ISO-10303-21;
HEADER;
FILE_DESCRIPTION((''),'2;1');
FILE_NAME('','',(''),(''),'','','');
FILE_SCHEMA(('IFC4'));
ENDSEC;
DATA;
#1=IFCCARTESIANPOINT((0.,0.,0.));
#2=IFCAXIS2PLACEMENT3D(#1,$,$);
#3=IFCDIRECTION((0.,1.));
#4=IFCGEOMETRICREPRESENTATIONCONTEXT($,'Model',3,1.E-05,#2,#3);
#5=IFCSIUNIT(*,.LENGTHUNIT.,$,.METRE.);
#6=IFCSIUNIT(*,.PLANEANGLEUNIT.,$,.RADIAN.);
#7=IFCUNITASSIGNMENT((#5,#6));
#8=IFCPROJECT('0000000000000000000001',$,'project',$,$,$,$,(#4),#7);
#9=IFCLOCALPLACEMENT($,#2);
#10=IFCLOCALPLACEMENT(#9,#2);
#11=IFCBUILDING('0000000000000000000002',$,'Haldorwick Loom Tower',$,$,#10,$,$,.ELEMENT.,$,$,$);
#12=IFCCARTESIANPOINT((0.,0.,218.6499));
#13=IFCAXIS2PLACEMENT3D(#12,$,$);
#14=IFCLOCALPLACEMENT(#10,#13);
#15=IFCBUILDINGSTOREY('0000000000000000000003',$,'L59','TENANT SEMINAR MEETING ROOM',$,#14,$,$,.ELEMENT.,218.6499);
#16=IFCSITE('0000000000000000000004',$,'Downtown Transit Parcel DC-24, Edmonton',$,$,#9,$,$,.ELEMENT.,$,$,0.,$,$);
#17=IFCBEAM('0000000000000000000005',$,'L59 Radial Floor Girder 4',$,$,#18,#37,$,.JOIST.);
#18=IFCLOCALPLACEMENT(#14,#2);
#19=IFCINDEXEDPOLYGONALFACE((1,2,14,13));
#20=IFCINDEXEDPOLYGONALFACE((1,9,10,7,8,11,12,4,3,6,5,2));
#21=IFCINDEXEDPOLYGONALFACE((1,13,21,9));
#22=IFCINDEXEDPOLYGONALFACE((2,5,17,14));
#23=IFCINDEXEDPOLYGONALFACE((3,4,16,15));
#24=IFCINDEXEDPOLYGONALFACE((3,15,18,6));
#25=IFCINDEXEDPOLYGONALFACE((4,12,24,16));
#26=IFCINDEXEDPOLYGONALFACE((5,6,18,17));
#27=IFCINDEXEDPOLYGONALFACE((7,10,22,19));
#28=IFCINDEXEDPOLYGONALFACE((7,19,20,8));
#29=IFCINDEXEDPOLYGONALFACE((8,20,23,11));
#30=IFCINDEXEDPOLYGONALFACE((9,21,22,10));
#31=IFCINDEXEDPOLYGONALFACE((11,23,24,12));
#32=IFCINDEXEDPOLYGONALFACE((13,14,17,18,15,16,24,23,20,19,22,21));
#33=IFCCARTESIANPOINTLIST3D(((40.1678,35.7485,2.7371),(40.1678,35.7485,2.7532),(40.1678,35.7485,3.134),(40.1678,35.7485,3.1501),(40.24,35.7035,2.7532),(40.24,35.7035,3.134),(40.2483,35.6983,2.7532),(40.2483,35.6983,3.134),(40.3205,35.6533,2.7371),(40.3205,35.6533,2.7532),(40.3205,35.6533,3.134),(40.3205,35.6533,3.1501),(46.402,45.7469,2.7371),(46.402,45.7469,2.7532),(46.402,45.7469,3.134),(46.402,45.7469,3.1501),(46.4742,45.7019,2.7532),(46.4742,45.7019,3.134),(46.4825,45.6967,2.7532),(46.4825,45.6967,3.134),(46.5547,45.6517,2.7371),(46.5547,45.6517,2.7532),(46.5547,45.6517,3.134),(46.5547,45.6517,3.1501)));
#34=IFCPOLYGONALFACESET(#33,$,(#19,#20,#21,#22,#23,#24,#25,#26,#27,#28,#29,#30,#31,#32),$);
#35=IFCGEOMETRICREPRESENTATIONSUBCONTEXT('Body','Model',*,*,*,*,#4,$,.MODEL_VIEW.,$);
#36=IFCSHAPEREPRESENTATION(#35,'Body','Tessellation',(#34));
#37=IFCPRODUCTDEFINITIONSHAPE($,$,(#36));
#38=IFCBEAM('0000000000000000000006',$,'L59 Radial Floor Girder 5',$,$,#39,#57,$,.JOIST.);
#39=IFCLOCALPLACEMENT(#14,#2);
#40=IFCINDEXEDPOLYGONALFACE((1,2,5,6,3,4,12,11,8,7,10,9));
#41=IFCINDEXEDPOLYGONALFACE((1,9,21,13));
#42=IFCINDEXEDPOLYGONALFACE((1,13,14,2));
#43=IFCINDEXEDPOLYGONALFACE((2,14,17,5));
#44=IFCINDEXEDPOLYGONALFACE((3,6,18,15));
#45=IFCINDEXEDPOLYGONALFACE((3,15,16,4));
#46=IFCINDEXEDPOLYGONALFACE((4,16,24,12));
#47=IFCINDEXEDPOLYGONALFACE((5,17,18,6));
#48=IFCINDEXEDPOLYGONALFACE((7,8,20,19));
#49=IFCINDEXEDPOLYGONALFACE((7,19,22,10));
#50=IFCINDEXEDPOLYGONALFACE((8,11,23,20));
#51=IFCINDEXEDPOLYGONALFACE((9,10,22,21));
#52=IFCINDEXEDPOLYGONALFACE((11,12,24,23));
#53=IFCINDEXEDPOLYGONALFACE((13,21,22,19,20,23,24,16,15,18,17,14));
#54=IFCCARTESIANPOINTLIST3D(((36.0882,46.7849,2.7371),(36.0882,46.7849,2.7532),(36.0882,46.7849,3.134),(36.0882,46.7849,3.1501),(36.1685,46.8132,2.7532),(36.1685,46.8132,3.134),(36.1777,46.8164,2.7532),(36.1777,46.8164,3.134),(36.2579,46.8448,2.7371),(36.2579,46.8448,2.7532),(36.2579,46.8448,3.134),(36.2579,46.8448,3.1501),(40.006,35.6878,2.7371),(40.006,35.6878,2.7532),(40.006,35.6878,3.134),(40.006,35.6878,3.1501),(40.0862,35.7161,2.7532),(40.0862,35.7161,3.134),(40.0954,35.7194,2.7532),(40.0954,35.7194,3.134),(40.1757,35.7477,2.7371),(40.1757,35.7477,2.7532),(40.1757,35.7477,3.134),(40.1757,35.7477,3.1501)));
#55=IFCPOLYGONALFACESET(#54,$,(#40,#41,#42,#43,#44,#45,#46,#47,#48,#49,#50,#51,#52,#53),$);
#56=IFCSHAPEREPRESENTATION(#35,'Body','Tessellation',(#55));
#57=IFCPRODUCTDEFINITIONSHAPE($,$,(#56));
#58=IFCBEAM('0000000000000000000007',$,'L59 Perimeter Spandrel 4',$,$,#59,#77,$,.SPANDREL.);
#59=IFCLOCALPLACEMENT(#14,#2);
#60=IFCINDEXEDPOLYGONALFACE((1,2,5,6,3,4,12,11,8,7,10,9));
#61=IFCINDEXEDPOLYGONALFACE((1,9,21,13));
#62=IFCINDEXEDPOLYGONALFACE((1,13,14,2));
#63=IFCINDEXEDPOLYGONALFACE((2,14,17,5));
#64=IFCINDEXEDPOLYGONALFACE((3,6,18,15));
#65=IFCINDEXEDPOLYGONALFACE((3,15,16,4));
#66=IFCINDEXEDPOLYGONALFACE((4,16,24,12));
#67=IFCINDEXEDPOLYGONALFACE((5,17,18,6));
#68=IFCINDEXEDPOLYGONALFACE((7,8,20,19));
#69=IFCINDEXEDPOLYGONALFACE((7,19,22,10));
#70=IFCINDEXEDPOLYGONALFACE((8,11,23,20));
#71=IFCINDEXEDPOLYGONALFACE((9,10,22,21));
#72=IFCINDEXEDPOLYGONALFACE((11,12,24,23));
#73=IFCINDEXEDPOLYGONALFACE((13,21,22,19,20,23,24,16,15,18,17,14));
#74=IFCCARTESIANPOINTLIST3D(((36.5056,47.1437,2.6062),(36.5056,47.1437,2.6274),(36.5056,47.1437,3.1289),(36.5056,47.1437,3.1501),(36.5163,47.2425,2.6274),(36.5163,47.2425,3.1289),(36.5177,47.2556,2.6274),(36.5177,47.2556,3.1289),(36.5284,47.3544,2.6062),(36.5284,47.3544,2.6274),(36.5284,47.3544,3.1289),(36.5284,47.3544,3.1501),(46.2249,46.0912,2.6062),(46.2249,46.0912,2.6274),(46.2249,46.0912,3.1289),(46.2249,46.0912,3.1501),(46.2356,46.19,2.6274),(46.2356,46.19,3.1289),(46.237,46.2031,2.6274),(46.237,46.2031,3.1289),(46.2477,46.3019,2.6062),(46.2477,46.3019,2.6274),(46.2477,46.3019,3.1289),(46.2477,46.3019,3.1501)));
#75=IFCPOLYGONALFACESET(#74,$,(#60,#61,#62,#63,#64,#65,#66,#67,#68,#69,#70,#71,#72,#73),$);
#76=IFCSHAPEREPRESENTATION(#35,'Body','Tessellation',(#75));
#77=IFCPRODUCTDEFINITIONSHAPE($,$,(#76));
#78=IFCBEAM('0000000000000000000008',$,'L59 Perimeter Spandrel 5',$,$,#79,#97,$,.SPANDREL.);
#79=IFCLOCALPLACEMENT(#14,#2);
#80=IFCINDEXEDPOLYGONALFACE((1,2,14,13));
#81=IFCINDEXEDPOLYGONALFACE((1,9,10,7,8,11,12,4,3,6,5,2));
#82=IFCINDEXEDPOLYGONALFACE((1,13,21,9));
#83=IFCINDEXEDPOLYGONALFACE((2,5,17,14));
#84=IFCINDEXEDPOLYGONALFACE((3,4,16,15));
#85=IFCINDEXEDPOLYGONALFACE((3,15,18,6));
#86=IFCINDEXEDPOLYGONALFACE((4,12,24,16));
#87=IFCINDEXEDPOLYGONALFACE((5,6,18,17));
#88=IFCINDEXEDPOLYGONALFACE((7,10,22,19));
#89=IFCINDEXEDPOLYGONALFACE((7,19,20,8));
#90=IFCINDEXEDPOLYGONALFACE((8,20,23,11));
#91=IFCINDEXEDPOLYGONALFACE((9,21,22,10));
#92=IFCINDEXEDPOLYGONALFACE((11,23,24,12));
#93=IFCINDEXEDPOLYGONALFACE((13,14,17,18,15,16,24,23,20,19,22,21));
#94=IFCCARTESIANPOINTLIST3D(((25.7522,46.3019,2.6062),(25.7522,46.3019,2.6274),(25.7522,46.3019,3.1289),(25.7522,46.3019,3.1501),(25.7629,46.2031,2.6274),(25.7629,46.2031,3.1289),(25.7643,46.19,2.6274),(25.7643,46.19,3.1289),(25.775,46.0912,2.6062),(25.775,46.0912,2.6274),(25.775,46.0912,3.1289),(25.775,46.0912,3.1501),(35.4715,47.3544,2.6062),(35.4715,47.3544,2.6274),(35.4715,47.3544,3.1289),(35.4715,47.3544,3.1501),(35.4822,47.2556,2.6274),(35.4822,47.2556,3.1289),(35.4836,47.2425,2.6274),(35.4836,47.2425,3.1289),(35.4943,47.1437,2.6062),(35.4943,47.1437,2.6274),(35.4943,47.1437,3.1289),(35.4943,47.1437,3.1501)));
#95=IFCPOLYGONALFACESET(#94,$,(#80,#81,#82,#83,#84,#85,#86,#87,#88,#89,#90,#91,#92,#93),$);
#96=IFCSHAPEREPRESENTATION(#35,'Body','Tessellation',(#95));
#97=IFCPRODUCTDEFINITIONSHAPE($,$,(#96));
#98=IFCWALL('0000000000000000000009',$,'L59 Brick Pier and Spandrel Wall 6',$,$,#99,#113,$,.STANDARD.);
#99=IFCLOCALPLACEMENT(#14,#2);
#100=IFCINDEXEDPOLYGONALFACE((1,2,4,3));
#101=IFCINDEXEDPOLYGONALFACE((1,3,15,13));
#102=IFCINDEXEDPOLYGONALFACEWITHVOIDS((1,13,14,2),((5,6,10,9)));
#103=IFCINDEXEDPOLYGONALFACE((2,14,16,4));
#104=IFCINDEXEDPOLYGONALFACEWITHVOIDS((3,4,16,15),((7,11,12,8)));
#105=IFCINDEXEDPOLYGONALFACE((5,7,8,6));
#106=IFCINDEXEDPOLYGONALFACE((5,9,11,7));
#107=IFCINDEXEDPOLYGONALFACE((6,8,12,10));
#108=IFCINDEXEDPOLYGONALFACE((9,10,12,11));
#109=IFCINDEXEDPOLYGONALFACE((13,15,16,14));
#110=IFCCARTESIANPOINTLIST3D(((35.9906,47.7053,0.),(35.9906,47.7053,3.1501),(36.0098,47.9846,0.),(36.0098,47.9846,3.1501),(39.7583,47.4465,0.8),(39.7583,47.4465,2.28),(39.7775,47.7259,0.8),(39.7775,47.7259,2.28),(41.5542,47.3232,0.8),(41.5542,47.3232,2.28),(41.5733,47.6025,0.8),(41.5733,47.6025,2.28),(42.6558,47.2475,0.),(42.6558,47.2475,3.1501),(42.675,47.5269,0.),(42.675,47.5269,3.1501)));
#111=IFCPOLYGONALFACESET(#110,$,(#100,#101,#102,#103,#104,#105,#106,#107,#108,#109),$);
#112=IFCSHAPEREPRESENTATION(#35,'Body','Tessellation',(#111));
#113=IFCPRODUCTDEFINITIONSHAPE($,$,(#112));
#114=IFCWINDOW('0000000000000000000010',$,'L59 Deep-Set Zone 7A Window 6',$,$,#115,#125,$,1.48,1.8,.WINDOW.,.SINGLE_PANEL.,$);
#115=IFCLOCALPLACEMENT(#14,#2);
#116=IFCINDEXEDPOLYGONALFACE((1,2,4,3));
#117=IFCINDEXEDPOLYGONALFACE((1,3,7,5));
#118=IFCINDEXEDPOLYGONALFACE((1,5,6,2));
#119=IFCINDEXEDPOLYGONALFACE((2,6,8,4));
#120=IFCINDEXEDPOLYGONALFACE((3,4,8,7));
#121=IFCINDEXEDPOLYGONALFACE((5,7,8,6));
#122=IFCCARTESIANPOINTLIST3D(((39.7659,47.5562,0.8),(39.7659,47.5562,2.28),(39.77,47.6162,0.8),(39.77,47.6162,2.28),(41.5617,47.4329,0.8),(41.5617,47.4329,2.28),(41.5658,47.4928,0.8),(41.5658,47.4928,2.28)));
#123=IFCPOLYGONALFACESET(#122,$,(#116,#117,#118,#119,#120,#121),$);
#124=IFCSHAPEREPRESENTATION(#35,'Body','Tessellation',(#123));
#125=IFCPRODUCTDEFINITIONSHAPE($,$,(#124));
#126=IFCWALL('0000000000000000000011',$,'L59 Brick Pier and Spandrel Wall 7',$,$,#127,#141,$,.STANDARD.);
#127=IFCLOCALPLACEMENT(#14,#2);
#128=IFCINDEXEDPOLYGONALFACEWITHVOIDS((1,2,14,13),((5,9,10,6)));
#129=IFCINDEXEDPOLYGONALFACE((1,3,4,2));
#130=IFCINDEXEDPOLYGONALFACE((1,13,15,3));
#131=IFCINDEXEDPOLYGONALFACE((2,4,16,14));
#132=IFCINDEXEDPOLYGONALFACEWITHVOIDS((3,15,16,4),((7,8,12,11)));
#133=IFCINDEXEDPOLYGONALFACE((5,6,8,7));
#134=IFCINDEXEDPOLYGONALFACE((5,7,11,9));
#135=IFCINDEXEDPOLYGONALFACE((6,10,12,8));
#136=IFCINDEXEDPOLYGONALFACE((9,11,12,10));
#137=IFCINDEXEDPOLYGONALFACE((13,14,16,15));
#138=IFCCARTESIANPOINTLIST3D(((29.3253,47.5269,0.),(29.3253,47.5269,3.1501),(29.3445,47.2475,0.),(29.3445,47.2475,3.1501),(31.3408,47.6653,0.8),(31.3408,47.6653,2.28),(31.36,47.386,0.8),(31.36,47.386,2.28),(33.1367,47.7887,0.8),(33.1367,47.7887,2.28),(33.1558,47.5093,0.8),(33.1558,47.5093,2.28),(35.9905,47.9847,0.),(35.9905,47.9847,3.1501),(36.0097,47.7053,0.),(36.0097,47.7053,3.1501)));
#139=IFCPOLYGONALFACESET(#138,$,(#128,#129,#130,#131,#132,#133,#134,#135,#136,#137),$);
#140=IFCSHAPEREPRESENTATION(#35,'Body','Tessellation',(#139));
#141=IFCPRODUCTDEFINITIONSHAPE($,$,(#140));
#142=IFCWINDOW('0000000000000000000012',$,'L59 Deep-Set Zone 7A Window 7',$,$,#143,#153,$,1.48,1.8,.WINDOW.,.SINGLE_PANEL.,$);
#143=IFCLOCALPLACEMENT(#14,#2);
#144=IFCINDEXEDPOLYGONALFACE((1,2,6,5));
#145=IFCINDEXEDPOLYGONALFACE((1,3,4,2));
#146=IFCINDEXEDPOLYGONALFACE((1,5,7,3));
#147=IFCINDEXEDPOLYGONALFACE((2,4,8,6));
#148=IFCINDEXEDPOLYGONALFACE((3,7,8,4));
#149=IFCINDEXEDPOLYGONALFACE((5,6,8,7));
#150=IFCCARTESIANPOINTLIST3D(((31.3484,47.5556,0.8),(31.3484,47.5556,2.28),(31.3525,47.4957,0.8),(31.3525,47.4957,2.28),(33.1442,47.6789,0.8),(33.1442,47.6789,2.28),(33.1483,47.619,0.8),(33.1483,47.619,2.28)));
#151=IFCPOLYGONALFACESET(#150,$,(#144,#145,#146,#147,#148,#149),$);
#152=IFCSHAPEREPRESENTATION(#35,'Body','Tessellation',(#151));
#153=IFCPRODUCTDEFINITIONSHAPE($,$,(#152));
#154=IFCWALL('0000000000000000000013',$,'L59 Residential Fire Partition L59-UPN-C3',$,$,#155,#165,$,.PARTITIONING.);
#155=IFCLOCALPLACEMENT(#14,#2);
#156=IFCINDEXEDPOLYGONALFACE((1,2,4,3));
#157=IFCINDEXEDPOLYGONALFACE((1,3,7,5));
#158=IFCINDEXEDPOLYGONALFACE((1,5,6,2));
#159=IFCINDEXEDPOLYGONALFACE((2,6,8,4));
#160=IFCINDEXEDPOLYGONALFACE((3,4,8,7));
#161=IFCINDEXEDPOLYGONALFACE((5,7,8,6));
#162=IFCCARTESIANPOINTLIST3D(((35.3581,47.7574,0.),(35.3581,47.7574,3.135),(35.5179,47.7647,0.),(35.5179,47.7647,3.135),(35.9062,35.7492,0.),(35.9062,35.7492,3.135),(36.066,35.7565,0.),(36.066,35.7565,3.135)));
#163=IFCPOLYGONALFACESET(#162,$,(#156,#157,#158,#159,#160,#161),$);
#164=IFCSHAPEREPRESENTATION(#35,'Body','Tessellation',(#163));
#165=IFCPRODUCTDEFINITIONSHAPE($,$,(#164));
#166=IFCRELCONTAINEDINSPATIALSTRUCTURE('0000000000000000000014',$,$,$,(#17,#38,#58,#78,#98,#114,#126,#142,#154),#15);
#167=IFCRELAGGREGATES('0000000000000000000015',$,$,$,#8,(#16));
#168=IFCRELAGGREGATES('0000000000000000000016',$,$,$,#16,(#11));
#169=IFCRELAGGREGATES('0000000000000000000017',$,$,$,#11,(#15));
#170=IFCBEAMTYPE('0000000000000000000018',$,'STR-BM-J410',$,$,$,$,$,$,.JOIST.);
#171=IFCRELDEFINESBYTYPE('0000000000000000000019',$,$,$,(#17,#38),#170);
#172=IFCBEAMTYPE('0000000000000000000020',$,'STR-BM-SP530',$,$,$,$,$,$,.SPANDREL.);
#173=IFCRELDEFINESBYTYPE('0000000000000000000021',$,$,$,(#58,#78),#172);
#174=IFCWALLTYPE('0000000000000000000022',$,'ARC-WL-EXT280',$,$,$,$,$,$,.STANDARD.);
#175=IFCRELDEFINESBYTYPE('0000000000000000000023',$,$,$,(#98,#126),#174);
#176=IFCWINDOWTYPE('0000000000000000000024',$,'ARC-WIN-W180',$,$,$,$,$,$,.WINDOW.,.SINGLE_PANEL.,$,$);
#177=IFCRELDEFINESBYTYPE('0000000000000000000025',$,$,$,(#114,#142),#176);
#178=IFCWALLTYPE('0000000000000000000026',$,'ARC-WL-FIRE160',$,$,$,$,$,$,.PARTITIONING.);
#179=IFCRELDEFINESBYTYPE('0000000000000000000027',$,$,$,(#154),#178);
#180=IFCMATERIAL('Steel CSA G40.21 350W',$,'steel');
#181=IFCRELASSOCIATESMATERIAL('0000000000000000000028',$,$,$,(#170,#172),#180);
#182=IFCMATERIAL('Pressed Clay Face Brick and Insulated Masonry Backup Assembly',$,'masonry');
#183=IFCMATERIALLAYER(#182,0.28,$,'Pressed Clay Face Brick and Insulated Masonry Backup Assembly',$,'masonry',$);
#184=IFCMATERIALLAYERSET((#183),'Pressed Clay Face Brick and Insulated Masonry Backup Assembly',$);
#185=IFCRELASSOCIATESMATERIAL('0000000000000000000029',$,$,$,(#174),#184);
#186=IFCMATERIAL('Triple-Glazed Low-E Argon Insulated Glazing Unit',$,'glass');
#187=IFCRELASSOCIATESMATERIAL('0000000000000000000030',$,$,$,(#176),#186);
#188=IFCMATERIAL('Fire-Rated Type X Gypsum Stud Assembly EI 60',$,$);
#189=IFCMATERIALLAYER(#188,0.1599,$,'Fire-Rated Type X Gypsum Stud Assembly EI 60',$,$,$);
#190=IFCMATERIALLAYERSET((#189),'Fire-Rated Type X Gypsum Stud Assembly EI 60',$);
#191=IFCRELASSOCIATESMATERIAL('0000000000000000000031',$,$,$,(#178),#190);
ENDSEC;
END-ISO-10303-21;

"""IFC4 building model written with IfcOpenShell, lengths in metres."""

from ifc_helpers import new_model, si_unit, direction, frame, frame_2d, origin, origin_2d, place, context, subcontext, project, spatial, rectangle, i_section, extrude, material, layer, layer_set, material_profile, profile_set, type_object, element, fill, save


model = new_model("IFC4")

# Units and contexts
model_context = context("Model", 3, precision=1e-05, world=origin(), true_north=direction((0.0, 1.0)))
body_context = subcontext(model_context, "Body", "Model", "MODEL_VIEW")
ifc_project = project(units=[si_unit("LENGTHUNIT", "METRE"), si_unit("PLANEANGLEUNIT", "RADIAN")], contexts=[model_context])

# Site, building, storey
site_placement = place(None, origin())
site = spatial("IfcSite", under=ifc_project, at=site_placement, Name="Downtown Transit Parcel DC-24, Edmonton", CompositionType="ELEMENT", RefElevation=0.0)
building_placement = place(site_placement, origin())
building = spatial("IfcBuilding", under=site, at=building_placement, Name="Haldorwick Loom Tower", CompositionType="ELEMENT")
storey_placement = place(building_placement, frame((0.0, 0.0, 218.6499)))
storey = spatial("IfcBuildingStorey", under=building, at=storey_placement, Name="L59", Description="TENANT SEMINAR MEETING ROOM", CompositionType="ELEMENT", Elevation=218.6499)

# Shared definitions
ifc_material_1 = material(Name="Steel CSA G40.21 350W", Category="steel")

# Beams
ifc_material_profile_1 = material_profile(ifc_material_1, i_section(OverallWidth=0.1799, OverallDepth=0.4131, WebThickness=0.0098, FlangeThickness=0.0161, at=origin_2d()), Name="W410X74", Category="steel")
ifc_profile_set_1 = profile_set([ifc_material_profile_1], Name="Steel CSA G40.21 350W")
beam_type_1 = type_object("IfcBeamType", Name="STR-BM-J410", PredefinedType="JOIST", material=ifc_profile_set_1)
beam_1_placement = place(storey_placement, frame((40.2441, 35.7009, 2.9436), z_axis=(0.529095, 0.848562, 0.0), x_axis=(-0.848562, 0.529095, 0.0)))
element("IfcBeam", 1, at=beam_1_placement, inside=storey, type_object=beam_type_1, Name="L59 Radial Floor Girder 4", PredefinedType="JOIST", context=body_context, shape_type="SweptSolid", body=[
    extrude(i_section(OverallWidth=0.1799, OverallDepth=0.4131, WebThickness=0.0098, FlangeThickness=0.0161, at=origin_2d()), origin(), (0.0, 0.0, 1.0), 11.7827),
])
beam_2_placement = place(storey_placement, frame((40.0908, 35.7178, 2.9436), z_axis=(-0.332908, 0.942959, 0.0), x_axis=(-0.942959, -0.332908, 0.0)))
element("IfcBeam", 2, at=beam_2_placement, inside=storey, type_object=beam_type_1, Name="L59 Radial Floor Girder 5", PredefinedType="JOIST", context=body_context, shape_type="SweptSolid", body=[
    extrude(i_section(OverallWidth=0.1799, OverallDepth=0.4131, WebThickness=0.0098, FlangeThickness=0.0161, at=origin_2d()), origin(), (0.0, 0.0, 1.0), 11.7683),
])
ifc_material_profile_2 = material_profile(ifc_material_1, i_section(OverallWidth=0.2119, OverallDepth=0.5439, WebThickness=0.0132, FlangeThickness=0.0212, at=origin_2d()), Name="W530X123", Category="steel")
ifc_profile_set_2 = profile_set([ifc_material_profile_2], Name="Steel CSA G40.21 350W")
beam_type_2 = type_object("IfcBeamType", Name="STR-BM-SP530", PredefinedType="SPANDREL", material=ifc_profile_set_2)
for number, where, z_axis, x_axis, name in (
    (3, (46.2363, 46.1965, 2.8782), (-0.994188, 0.10766, 0.0), (-0.10766, -0.994188, 0.0), "L59 Perimeter Spandrel 4"),
    (4, (35.4829, 47.249, 2.8782), (-0.994188, -0.10766, 0.0), (0.10766, -0.994188, 0.0), "L59 Perimeter Spandrel 5"),
):
    element("IfcBeam", number, at=place(storey_placement, frame(where, z_axis=z_axis, x_axis=x_axis)), inside=storey, type_object=beam_type_2, Name=name, PredefinedType="SPANDREL", context=body_context, shape_type="SweptSolid", body=[
        extrude(i_section(OverallWidth=0.2119, OverallDepth=0.5439, WebThickness=0.0132, FlangeThickness=0.0212, at=origin_2d()), origin(), (0.0, 0.0, 1.0), 9.7761),
    ])

# Walls, openings, windows
ifc_material_2 = material(Name="Pressed Clay Face Brick and Insulated Masonry Backup Assembly", Category="masonry")
ifc_layer_1 = layer(ifc_material_2, 0.28, Name="Pressed Clay Face Brick and Insulated Masonry Backup Assembly", Category="masonry")
ifc_layer_set_1 = layer_set([ifc_layer_1], Name="Pressed Clay Face Brick and Insulated Masonry Backup Assembly")
wall_type_1 = type_object("IfcWallType", Name="ARC-WL-EXT280", PredefinedType="STANDARD", material=ifc_layer_set_1)
wall_1_placement = place(storey_placement, frame((42.6653, 47.3872, 0.0), z_axis=(0.0, 0.0, 1.0), x_axis=(-0.99765, 0.068517, 0.0)))
wall_1 = element("IfcWall", 5, at=wall_1_placement, inside=storey, type_object=wall_type_1, Name="L59 Brick Pier and Spandrel Wall 6", PredefinedType="STANDARD", context=body_context, shape_type="SweptSolid", body=[
    extrude(rectangle(XDim=6.6809, YDim=0.28, at=frame_2d((3.3403, 0.0))), origin(), (0.0, 0.0, 1.0), 3.1501),
])
opening_1_placement = place(wall_1_placement, frame((1.1042, 0.0, 0.8)))
opening_1 = element("IfcOpeningElement", 6, at=opening_1_placement, cuts=wall_1, PredefinedType="OPENING", context=body_context, shape_type="SweptSolid", body=[
    extrude(rectangle(XDim=1.8, YDim=1.48, at=frame_2d((0.8999, 0.74))), frame((0.0, 0.1499, 0.0), z_axis=(0.0, -1.0, 0.0), x_axis=(1.0, 0.0, 0.0)), (0.0, 0.0, 1.0), 0.3),
])
ifc_material_3 = material(Name="Triple-Glazed Low-E Argon Insulated Glazing Unit", Category="glass")
window_type = type_object("IfcWindowType", Name="ARC-WIN-W180", PartitioningType="SINGLE_PANEL", PredefinedType="WINDOW", material=ifc_material_3)
window_1_placement = place(opening_1_placement, origin())
window_1 = element("IfcWindow", 7, at=window_1_placement, inside=storey, type_object=window_type, Name="L59 Deep-Set Zone 7A Window 6", OverallHeight=1.48, OverallWidth=1.8, PartitioningType="SINGLE_PANEL", PredefinedType="WINDOW", context=body_context, shape_type="SweptSolid", body=[
    extrude(rectangle(XDim=1.8, YDim=1.48, at=frame_2d((0.8999, 0.74))), frame((0.0, 0.03, 0.0), z_axis=(0.0, -1.0, 0.0), x_axis=(1.0, 0.0, 0.0)), (0.0, 0.0, 1.0), 0.0601),
])
fill(opening_1, window_1)
wall_2_placement = place(storey_placement, frame((36.0, 47.845, 0.0), z_axis=(0.0, 0.0, 1.0), x_axis=(-0.99765, -0.068517, 0.0)))
wall_2 = element("IfcWall", 8, at=wall_2_placement, inside=storey, type_object=wall_type_1, Name="L59 Brick Pier and Spandrel Wall 7", PredefinedType="STANDARD", context=body_context, shape_type="SweptSolid", body=[
    extrude(rectangle(XDim=6.6809, YDim=0.28, at=frame_2d((3.3403, 0.0))), origin(), (0.0, 0.0, 1.0), 3.1501),
])
opening_2_placement = place(wall_2_placement, frame((2.8606, 0.0, 0.8)))
opening_2 = element("IfcOpeningElement", 9, at=opening_2_placement, cuts=wall_2, PredefinedType="OPENING", context=body_context, shape_type="SweptSolid", body=[
    extrude(rectangle(XDim=1.8, YDim=1.48, at=frame_2d((0.8999, 0.74))), frame((0.0, 0.1499, 0.0), z_axis=(0.0, -1.0, 0.0), x_axis=(1.0, 0.0, 0.0)), (0.0, 0.0, 1.0), 0.3),
])
window_2_placement = place(opening_2_placement, origin())
window_2 = element("IfcWindow", 10, at=window_2_placement, inside=storey, type_object=window_type, Name="L59 Deep-Set Zone 7A Window 7", OverallHeight=1.48, OverallWidth=1.8, PartitioningType="SINGLE_PANEL", PredefinedType="WINDOW", context=body_context, shape_type="SweptSolid", body=[
    extrude(rectangle(XDim=1.8, YDim=1.48, at=frame_2d((0.8999, 0.74))), frame((0.0, 0.03, 0.0), z_axis=(0.0, -1.0, 0.0), x_axis=(1.0, 0.0, 0.0)), (0.0, 0.0, 1.0), 0.0601),
])
fill(opening_2, window_2)

# Wall
ifc_material_4 = material(Name="Fire-Rated Type X Gypsum Stud Assembly EI 60")
ifc_layer_2 = layer(ifc_material_4, 0.1599, Name="Fire-Rated Type X Gypsum Stud Assembly EI 60")
ifc_layer_set_2 = layer_set([ifc_layer_2], Name="Fire-Rated Type X Gypsum Stud Assembly EI 60")
wall_type_2 = type_object("IfcWallType", Name="ARC-WL-FIRE160", PredefinedType="PARTITIONING", material=ifc_layer_set_2)
wall_3_placement = place(storey_placement, frame((35.9861, 35.7529, 0.0), z_axis=(0.0, 0.0, 1.0), x_axis=(-0.045596, 0.99896, 0.0)))
element("IfcWall", 11, at=wall_3_placement, inside=storey, type_object=wall_type_2, Name="L59 Residential Fire Partition L59-UPN-C3", PredefinedType="PARTITIONING", context=body_context, shape_type="SweptSolid", body=[
    extrude(rectangle(XDim=12.0208, YDim=0.1599, at=frame_2d((6.0103, 0.0))), origin(), (0.0, 0.0, 1.0), 3.135),
])

save(model, "model.ifc")
